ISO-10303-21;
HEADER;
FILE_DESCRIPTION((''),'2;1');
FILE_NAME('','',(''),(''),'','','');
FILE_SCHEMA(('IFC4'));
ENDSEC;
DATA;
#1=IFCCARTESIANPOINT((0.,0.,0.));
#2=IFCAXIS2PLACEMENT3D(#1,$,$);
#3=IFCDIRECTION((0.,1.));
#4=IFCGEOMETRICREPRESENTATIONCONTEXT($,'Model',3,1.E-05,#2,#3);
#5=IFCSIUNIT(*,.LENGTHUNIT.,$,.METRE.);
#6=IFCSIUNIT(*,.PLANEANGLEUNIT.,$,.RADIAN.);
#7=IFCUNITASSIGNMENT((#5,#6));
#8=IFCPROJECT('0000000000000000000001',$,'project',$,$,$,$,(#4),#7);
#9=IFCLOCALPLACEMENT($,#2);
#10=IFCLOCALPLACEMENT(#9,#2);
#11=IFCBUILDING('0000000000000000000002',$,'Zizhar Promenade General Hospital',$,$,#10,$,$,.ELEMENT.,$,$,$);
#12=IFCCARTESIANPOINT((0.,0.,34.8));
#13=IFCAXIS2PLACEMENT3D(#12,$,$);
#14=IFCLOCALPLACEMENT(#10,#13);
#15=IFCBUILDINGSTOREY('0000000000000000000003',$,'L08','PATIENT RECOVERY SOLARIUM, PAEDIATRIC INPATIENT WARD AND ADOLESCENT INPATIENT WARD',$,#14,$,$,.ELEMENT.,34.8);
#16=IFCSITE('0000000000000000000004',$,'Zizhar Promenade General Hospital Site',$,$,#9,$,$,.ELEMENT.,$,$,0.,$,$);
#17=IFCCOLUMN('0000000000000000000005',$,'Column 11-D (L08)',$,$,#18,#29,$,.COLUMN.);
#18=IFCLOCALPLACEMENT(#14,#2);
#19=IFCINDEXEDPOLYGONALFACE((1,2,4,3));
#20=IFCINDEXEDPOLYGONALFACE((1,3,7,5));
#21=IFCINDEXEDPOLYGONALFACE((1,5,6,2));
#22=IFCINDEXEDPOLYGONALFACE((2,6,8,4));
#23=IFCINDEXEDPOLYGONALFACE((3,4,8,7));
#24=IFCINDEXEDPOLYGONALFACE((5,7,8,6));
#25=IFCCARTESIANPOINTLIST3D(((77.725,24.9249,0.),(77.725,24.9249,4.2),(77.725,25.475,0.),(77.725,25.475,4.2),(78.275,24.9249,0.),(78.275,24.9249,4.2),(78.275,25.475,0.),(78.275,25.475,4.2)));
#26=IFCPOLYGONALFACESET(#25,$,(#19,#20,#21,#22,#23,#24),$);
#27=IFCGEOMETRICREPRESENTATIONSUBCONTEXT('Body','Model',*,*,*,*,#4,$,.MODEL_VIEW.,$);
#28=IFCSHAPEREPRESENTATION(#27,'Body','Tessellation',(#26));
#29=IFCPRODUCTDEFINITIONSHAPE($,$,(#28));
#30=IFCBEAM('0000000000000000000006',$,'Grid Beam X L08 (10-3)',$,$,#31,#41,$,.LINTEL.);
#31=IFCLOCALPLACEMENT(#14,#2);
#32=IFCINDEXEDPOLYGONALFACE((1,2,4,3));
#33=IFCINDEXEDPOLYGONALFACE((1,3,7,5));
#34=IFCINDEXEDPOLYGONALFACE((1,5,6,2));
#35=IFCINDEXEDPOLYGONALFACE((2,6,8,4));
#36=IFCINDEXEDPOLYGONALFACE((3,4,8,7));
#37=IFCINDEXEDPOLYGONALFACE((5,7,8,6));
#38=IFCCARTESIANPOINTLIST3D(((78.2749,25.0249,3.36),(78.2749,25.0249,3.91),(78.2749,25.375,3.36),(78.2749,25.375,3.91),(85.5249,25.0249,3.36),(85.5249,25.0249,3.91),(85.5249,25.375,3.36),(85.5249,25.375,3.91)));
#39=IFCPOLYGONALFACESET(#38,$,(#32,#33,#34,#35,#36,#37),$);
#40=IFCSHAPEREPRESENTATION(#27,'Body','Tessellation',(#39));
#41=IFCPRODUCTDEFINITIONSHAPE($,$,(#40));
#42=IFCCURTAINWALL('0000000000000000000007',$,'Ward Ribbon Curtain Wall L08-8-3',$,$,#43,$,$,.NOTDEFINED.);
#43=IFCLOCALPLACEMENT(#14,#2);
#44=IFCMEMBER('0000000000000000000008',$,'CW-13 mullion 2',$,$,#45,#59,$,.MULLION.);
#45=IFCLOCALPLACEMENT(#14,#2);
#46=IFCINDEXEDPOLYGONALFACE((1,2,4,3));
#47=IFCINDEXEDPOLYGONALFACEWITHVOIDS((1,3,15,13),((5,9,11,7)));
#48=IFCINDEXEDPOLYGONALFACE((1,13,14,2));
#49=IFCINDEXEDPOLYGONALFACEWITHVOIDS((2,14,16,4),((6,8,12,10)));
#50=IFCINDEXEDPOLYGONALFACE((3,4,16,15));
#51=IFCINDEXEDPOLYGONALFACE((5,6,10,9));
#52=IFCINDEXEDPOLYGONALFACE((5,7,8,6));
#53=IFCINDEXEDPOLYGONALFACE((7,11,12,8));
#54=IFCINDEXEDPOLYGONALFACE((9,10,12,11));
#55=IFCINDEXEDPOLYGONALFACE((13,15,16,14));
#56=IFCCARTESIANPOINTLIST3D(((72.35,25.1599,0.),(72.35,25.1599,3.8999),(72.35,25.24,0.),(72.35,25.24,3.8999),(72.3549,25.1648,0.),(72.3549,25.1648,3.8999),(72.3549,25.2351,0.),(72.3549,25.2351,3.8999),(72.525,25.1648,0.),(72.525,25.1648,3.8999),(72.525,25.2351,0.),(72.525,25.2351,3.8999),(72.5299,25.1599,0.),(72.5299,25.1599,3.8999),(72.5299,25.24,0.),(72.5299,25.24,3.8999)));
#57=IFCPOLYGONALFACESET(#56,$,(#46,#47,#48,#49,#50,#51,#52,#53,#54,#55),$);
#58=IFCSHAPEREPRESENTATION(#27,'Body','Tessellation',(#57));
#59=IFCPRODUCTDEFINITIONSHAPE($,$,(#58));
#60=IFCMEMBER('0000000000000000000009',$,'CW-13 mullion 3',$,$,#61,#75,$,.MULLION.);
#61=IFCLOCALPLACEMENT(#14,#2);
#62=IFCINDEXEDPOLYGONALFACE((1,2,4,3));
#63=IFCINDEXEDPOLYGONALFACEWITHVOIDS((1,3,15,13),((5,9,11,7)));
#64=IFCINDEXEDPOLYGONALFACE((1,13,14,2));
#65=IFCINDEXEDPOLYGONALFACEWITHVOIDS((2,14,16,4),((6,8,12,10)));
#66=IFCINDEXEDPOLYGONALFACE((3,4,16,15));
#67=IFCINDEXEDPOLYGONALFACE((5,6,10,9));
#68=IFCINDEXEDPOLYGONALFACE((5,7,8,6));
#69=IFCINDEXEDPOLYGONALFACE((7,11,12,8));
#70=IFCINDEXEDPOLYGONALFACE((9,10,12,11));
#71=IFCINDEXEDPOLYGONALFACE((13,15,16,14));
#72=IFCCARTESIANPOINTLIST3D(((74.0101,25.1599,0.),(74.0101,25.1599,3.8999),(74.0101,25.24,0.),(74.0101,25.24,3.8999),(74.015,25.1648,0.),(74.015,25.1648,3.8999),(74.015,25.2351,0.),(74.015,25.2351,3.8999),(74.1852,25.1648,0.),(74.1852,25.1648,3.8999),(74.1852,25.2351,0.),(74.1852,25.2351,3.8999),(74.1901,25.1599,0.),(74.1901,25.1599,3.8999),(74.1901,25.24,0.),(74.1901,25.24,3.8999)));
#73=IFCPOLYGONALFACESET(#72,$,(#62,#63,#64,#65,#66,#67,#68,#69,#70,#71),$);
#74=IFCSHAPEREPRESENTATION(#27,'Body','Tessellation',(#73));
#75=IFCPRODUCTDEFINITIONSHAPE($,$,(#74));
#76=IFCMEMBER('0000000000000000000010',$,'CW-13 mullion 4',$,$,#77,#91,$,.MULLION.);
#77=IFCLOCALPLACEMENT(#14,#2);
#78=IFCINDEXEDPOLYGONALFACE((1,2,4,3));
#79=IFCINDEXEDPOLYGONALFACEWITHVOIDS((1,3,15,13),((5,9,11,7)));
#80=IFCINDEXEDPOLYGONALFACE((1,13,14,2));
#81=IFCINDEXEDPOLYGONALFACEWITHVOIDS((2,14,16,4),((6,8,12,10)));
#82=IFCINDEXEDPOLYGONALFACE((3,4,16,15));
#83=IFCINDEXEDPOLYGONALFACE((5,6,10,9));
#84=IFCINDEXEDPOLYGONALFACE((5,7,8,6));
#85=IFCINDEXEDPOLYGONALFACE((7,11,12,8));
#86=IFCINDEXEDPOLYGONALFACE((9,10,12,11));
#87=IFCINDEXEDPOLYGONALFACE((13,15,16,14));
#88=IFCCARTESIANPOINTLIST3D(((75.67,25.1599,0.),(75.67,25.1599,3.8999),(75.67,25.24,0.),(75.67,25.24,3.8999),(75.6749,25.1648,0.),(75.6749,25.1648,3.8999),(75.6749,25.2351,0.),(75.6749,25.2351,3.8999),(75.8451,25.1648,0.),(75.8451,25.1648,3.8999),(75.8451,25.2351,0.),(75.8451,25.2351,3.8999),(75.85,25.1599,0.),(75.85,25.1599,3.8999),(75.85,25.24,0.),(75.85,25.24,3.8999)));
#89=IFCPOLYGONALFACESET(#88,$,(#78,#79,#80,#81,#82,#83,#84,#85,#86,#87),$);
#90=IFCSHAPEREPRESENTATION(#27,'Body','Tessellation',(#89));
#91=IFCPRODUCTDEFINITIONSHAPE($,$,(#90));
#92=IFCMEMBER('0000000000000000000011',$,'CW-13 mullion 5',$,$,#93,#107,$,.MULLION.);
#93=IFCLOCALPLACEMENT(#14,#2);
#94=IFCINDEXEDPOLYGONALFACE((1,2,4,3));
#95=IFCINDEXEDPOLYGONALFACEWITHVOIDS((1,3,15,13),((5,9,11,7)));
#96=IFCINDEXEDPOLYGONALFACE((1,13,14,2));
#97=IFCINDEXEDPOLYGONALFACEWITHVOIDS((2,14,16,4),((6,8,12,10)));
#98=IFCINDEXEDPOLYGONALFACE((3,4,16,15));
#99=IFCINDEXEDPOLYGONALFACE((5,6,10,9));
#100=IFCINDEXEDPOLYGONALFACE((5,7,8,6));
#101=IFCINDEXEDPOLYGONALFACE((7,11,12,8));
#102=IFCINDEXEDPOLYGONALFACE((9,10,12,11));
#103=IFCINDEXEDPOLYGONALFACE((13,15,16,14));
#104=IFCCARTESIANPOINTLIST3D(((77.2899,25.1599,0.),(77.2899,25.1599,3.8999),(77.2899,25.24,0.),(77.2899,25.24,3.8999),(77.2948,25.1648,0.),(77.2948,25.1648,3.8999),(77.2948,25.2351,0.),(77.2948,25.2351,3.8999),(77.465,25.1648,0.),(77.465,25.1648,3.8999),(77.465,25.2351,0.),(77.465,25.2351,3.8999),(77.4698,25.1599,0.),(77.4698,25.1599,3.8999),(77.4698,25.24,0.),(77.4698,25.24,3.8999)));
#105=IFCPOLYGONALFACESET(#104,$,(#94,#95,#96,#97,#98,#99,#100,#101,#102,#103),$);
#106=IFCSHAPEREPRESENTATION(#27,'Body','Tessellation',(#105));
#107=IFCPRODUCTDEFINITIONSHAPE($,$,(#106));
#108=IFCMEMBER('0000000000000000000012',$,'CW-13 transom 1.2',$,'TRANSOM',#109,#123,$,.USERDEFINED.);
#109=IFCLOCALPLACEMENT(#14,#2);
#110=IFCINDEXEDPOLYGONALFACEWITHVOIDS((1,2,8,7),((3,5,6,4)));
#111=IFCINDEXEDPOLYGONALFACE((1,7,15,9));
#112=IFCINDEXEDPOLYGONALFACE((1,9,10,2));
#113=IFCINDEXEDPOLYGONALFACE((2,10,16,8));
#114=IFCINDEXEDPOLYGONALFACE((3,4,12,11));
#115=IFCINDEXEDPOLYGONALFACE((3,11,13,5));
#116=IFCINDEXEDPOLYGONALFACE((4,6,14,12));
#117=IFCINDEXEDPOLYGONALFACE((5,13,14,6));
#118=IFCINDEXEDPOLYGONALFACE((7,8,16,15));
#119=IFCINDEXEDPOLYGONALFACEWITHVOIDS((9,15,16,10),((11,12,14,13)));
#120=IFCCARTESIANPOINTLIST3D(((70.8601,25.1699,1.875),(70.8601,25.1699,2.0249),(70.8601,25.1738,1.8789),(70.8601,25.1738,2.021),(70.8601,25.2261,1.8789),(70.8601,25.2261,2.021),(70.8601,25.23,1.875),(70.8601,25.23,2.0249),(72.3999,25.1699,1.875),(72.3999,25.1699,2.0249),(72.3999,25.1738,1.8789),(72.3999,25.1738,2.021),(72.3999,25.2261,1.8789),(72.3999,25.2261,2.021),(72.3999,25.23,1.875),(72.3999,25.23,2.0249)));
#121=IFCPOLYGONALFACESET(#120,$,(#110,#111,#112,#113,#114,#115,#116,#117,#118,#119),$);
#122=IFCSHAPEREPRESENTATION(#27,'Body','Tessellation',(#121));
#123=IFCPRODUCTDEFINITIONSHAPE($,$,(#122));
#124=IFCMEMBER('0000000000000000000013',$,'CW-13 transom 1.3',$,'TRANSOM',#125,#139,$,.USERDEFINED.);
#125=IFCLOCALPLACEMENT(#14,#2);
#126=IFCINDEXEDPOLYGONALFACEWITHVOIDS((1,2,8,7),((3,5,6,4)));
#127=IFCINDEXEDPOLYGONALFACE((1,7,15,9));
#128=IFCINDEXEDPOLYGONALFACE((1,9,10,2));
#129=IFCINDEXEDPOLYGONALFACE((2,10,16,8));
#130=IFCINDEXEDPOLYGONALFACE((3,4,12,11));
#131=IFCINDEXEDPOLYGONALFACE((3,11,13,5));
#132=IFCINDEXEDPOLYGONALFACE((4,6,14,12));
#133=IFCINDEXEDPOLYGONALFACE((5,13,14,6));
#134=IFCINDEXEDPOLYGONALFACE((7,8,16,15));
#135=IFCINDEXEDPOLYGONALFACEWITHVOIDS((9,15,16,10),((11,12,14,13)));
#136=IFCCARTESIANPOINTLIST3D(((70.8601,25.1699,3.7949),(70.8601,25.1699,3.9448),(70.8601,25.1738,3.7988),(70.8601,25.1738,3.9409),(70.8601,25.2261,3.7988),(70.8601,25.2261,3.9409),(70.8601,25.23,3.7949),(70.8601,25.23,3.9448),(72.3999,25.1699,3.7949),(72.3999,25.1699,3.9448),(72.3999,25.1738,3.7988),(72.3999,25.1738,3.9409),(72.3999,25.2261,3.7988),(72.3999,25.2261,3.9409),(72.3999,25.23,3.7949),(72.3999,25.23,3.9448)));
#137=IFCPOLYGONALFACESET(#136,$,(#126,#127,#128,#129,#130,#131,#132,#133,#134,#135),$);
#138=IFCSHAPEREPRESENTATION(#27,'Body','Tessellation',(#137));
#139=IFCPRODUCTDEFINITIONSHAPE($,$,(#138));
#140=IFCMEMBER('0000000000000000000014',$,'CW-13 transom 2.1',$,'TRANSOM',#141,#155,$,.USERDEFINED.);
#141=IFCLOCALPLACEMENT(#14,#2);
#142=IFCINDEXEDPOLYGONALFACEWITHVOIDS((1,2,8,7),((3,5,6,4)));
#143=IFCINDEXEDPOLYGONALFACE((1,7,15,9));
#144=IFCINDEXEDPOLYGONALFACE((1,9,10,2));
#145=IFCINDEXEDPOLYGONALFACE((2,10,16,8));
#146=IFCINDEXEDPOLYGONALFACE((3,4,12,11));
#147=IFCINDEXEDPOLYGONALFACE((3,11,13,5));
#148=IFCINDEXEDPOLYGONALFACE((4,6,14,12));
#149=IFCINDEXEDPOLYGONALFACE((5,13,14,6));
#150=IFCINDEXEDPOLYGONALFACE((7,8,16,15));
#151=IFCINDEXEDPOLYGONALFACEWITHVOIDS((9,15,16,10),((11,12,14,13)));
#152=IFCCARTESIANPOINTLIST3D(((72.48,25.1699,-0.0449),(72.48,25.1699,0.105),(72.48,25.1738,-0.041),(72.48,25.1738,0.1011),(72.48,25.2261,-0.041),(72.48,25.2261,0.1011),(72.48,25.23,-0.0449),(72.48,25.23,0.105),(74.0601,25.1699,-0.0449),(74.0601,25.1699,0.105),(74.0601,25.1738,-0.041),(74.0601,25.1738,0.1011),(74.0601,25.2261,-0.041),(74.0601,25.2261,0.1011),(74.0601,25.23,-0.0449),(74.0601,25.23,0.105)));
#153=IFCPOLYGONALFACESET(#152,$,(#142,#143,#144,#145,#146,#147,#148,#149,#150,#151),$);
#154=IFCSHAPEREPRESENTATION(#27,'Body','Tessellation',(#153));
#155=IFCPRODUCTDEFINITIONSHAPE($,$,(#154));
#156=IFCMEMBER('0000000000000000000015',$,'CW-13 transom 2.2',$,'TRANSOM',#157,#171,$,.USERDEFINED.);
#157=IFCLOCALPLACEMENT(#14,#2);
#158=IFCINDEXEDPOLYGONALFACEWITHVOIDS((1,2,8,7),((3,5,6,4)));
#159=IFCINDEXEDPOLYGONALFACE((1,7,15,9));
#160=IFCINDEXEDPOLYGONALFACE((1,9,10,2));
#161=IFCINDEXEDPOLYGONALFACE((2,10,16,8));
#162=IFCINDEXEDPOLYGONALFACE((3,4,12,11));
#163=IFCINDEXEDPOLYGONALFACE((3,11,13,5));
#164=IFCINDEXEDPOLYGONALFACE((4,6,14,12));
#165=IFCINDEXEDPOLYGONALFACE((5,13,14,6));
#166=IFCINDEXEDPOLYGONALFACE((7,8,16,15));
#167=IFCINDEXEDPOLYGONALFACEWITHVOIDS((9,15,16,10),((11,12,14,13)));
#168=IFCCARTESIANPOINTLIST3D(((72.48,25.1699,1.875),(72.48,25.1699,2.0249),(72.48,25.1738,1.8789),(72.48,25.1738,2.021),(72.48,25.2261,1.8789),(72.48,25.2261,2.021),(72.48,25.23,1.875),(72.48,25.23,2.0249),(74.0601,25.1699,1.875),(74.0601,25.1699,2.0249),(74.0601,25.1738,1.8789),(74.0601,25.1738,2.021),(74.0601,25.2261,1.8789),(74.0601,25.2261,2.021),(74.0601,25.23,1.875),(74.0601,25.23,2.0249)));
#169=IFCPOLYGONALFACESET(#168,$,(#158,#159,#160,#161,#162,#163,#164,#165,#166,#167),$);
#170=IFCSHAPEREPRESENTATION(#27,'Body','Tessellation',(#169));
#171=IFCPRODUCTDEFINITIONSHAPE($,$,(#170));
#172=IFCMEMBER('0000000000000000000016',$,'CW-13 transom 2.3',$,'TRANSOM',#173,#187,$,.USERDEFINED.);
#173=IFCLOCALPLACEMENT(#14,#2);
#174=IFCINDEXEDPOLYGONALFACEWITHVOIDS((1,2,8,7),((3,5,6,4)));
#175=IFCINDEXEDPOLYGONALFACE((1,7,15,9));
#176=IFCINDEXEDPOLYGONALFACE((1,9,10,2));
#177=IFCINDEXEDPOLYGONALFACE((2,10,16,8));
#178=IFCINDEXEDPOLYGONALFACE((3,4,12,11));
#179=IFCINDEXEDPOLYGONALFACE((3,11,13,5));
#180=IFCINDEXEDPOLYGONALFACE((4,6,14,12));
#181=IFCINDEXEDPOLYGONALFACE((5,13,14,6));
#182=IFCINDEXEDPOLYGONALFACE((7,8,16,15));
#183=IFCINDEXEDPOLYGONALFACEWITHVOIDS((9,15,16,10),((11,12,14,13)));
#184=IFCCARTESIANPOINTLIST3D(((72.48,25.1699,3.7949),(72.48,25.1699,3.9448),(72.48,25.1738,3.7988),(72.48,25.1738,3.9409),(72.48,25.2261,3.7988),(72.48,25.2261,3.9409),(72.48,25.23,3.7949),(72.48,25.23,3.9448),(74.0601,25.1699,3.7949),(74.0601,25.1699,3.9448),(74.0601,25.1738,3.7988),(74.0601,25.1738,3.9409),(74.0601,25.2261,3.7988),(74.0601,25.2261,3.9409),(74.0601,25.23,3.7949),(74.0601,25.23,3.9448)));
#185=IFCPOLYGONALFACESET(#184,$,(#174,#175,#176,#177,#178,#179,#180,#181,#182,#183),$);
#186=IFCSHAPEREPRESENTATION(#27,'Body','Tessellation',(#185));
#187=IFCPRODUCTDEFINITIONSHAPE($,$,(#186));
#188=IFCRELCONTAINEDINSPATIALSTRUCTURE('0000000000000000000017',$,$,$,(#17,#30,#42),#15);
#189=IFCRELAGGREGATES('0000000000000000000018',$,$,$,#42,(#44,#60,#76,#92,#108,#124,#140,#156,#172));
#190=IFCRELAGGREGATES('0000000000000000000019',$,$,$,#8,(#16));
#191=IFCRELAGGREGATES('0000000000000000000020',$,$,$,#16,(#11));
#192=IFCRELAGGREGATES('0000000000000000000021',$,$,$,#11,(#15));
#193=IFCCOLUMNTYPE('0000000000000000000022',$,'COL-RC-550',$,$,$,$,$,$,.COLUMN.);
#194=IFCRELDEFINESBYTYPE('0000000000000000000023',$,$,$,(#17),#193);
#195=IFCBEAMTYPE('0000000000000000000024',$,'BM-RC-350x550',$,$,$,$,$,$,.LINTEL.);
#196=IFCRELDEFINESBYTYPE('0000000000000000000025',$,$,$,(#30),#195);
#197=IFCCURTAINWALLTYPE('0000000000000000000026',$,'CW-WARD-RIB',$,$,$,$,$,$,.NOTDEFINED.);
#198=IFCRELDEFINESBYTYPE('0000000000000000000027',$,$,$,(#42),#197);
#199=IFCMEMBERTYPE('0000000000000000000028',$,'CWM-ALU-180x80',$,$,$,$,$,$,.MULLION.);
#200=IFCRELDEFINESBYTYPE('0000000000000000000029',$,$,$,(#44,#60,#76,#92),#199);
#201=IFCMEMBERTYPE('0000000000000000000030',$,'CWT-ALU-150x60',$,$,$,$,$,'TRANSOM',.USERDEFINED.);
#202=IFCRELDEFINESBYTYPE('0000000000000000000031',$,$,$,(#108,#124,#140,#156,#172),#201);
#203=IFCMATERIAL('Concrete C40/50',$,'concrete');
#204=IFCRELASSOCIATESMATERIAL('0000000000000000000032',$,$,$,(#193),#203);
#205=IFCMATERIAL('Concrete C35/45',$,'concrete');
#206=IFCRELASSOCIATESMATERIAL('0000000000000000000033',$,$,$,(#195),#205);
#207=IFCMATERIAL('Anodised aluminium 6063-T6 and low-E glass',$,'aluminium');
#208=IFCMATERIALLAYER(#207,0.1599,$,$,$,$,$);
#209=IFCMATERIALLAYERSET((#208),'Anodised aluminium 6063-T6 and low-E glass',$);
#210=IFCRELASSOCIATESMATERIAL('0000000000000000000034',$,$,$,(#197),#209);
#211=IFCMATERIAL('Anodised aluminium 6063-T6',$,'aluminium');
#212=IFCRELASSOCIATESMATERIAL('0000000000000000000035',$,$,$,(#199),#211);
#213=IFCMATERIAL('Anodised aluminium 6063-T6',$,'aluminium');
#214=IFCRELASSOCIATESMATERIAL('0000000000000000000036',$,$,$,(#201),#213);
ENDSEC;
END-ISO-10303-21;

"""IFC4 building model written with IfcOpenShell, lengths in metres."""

from ifc_helpers import new_model, si_unit, direction, frame, origin, origin_2d, place, context, subcontext, project, spatial, rectangle, hollow_rectangle, extrude, material, layer, layer_set, material_profile, profile_set, type_object, element, aggregate, save


model = new_model("IFC4")

# Units and contexts
model_context = context("Model", 3, precision=1e-05, world=origin(), true_north=direction((0.0, 1.0)))
body_context = subcontext(model_context, "Body", "Model", "MODEL_VIEW")
ifc_project = project(units=[si_unit("LENGTHUNIT", "METRE"), si_unit("PLANEANGLEUNIT", "RADIAN")], contexts=[model_context])

# Site, building, storey
site_placement = place(None, origin())
site = spatial("IfcSite", under=ifc_project, at=site_placement, Name="Zizhar Promenade General Hospital Site", CompositionType="ELEMENT", RefElevation=0.0)
building_placement = place(site_placement, origin())
building = spatial("IfcBuilding", under=site, at=building_placement, Name="Zizhar Promenade General Hospital", CompositionType="ELEMENT")
storey_placement = place(building_placement, frame((0.0, 0.0, 34.8)))
storey = spatial("IfcBuildingStorey", under=building, at=storey_placement, Name="L08", Description="PATIENT RECOVERY SOLARIUM, PAEDIATRIC INPATIENT WARD AND ADOLESCENT INPATIENT WARD", CompositionType="ELEMENT", Elevation=34.8)

# Column
ifc_material_1 = material(Name="Concrete C40/50", Category="concrete")
ifc_material_profile_1 = material_profile(ifc_material_1, rectangle(XDim=0.55, YDim=0.55, at=origin_2d()))
ifc_profile_set_1 = profile_set([ifc_material_profile_1], Name="Concrete C40/50")
column_type = type_object("IfcColumnType", Name="COL-RC-550", PredefinedType="COLUMN", material=ifc_profile_set_1)
column_placement = place(storey_placement, frame((78.0, 25.2, 0.0), z_axis=(0.0, 0.0, 1.0), x_axis=(1.0, 0.0, 0.0)))
element("IfcColumn", 1, at=column_placement, inside=storey, type_object=column_type, Name="Column 11-D (L08)", PredefinedType="COLUMN", context=body_context, shape_type="SweptSolid", body=[
    extrude(rectangle(XDim=0.55, YDim=0.55, at=origin_2d()), origin(), (0.0, 0.0, 1.0), 4.2),
])

# Beam
ifc_material_2 = material(Name="Concrete C35/45", Category="concrete")
ifc_material_profile_2 = material_profile(ifc_material_2, rectangle(XDim=0.3501, YDim=0.55, at=origin_2d()))
ifc_profile_set_2 = profile_set([ifc_material_profile_2], Name="Concrete C35/45")
beam_type = type_object("IfcBeamType", Name="BM-RC-350x550", PredefinedType="LINTEL", material=ifc_profile_set_2)
beam_placement = place(storey_placement, frame((78.2749, 25.2, 3.635), z_axis=(1.0, 0.0, 0.0), x_axis=(0.0, 1.0, 0.0)))
element("IfcBeam", 2, at=beam_placement, inside=storey, type_object=beam_type, Name="Grid Beam X L08 (10-3)", PredefinedType="LINTEL", context=body_context, shape_type="SweptSolid", body=[
    extrude(rectangle(XDim=0.3501, YDim=0.55, at=origin_2d()), origin(), (0.0, 0.0, 1.0), 7.25),
])

# Curtain wall, members
ifc_material_3 = material(Name="Anodised aluminium 6063-T6 and low-E glass", Category="aluminium")
ifc_layer_1 = layer(ifc_material_3, 0.1599)
ifc_layer_set_1 = layer_set([ifc_layer_1], Name="Anodised aluminium 6063-T6 and low-E glass")
curtain_wall_type = type_object("IfcCurtainWallType", Name="CW-WARD-RIB", PredefinedType="NOTDEFINED", material=ifc_layer_set_1)
curtain_wall_placement = place(storey_placement, origin())
curtain_wall = element("IfcCurtainWall", 3, at=curtain_wall_placement, inside=storey, type_object=curtain_wall_type, Name="Ward Ribbon Curtain Wall L08-8-3", PredefinedType="NOTDEFINED")
ifc_material_4 = material(Name="Anodised aluminium 6063-T6", Category="aluminium")
ifc_material_profile_3 = material_profile(ifc_material_4, hollow_rectangle(XDim=0.0801, YDim=0.1799, WallThickness=0.0049, at=origin_2d()))
ifc_profile_set_3 = profile_set([ifc_material_profile_3], Name="Anodised aluminium 6063-T6")
member_type_1 = type_object("IfcMemberType", Name="CWM-ALU-180x80", PredefinedType="MULLION", material=ifc_profile_set_3)
member_1_placement = place(storey_placement, frame((72.4399, 25.2, 0.0), z_axis=(0.0, 0.0, 1.0), x_axis=(0.0, 1.0, 0.0)))
member_1 = element("IfcMember", 4, at=member_1_placement, type_object=member_type_1, Name="CW-13 mullion 2", PredefinedType="MULLION", context=body_context, shape_type="SweptSolid", body=[
    extrude(hollow_rectangle(XDim=0.0801, YDim=0.1799, WallThickness=0.0049, at=origin_2d()), origin(), (0.0, 0.0, 1.0), 3.8999),
])
member_2_placement = place(storey_placement, frame((74.1001, 25.2, 0.0), z_axis=(0.0, 0.0, 1.0), x_axis=(0.0, 1.0, 0.0)))
member_2 = element("IfcMember", 5, at=member_2_placement, type_object=member_type_1, Name="CW-13 mullion 3", PredefinedType="MULLION", context=body_context, shape_type="SweptSolid", body=[
    extrude(hollow_rectangle(XDim=0.0801, YDim=0.1799, WallThickness=0.0049, at=origin_2d()), origin(), (0.0, 0.0, 1.0), 3.8999),
])
member_3_placement = place(storey_placement, frame((75.76, 25.2, 0.0), z_axis=(0.0, 0.0, 1.0), x_axis=(0.0, 1.0, 0.0)))
member_3 = element("IfcMember", 6, at=member_3_placement, type_object=member_type_1, Name="CW-13 mullion 4", PredefinedType="MULLION", context=body_context, shape_type="SweptSolid", body=[
    extrude(hollow_rectangle(XDim=0.0801, YDim=0.1799, WallThickness=0.0049, at=origin_2d()), origin(), (0.0, 0.0, 1.0), 3.8999),
])
member_4_placement = place(storey_placement, frame((77.3799, 25.2, 0.0), z_axis=(0.0, 0.0, 1.0), x_axis=(0.0, 1.0, 0.0)))
member_4 = element("IfcMember", 7, at=member_4_placement, type_object=member_type_1, Name="CW-13 mullion 5", PredefinedType="MULLION", context=body_context, shape_type="SweptSolid", body=[
    extrude(hollow_rectangle(XDim=0.0801, YDim=0.1799, WallThickness=0.0049, at=origin_2d()), origin(), (0.0, 0.0, 1.0), 3.8999),
])
ifc_material_5 = material(Name="Anodised aluminium 6063-T6", Category="aluminium")
ifc_material_profile_4 = material_profile(ifc_material_5, hollow_rectangle(XDim=0.0601, YDim=0.1499, WallThickness=0.0039, at=origin_2d()))
ifc_profile_set_4 = profile_set([ifc_material_profile_4], Name="Anodised aluminium 6063-T6")
member_type_2 = type_object("IfcMemberType", Name="CWT-ALU-150x60", ElementType="TRANSOM", PredefinedType="USERDEFINED", material=ifc_profile_set_4)
member_5_placement = place(storey_placement, frame((70.8601, 25.2, 1.95), z_axis=(1.0, 0.0, 0.0), x_axis=(0.0, 1.0, 0.0)))
member_5 = element("IfcMember", 8, at=member_5_placement, type_object=member_type_2, Name="CW-13 transom 1.2", ObjectType="TRANSOM", PredefinedType="USERDEFINED", context=body_context, shape_type="SweptSolid", body=[
    extrude(hollow_rectangle(XDim=0.0601, YDim=0.1499, WallThickness=0.0039, at=origin_2d()), origin(), (0.0, 0.0, 1.0), 1.5398),
])
member_6_placement = place(storey_placement, frame((70.8601, 25.2, 3.8699), z_axis=(1.0, 0.0, 0.0), x_axis=(0.0, 1.0, 0.0)))
member_6 = element("IfcMember", 9, at=member_6_placement, type_object=member_type_2, Name="CW-13 transom 1.3", ObjectType="TRANSOM", PredefinedType="USERDEFINED", context=body_context, shape_type="SweptSolid", body=[
    extrude(hollow_rectangle(XDim=0.0601, YDim=0.1499, WallThickness=0.0039, at=origin_2d()), origin(), (0.0, 0.0, 1.0), 1.5398),
])
member_7_placement = place(storey_placement, frame((72.48, 25.2, 0.03), z_axis=(1.0, 0.0, 0.0), x_axis=(0.0, 1.0, 0.0)))
member_7 = element("IfcMember", 10, at=member_7_placement, type_object=member_type_2, Name="CW-13 transom 2.1", ObjectType="TRANSOM", PredefinedType="USERDEFINED", context=body_context, shape_type="SweptSolid", body=[
    extrude(hollow_rectangle(XDim=0.0601, YDim=0.1499, WallThickness=0.0039, at=origin_2d()), origin(), (0.0, 0.0, 1.0), 1.5801),
])
member_8_placement = place(storey_placement, frame((72.48, 25.2, 1.95), z_axis=(1.0, 0.0, 0.0), x_axis=(0.0, 1.0, 0.0)))
member_8 = element("IfcMember", 11, at=member_8_placement, type_object=member_type_2, Name="CW-13 transom 2.2", ObjectType="TRANSOM", PredefinedType="USERDEFINED", context=body_context, shape_type="SweptSolid", body=[
    extrude(hollow_rectangle(XDim=0.0601, YDim=0.1499, WallThickness=0.0039, at=origin_2d()), origin(), (0.0, 0.0, 1.0), 1.5801),
])
member_9_placement = place(storey_placement, frame((72.48, 25.2, 3.8699), z_axis=(1.0, 0.0, 0.0), x_axis=(0.0, 1.0, 0.0)))
member_9 = element("IfcMember", 12, at=member_9_placement, type_object=member_type_2, Name="CW-13 transom 2.3", ObjectType="TRANSOM", PredefinedType="USERDEFINED", context=body_context, shape_type="SweptSolid", body=[
    extrude(hollow_rectangle(XDim=0.0601, YDim=0.1499, WallThickness=0.0039, at=origin_2d()), origin(), (0.0, 0.0, 1.0), 1.5801),
])
aggregate(curtain_wall, [member_1, member_2, member_3, member_4, member_5, member_6, member_7, member_8, member_9])

save(model, "model.ifc")
